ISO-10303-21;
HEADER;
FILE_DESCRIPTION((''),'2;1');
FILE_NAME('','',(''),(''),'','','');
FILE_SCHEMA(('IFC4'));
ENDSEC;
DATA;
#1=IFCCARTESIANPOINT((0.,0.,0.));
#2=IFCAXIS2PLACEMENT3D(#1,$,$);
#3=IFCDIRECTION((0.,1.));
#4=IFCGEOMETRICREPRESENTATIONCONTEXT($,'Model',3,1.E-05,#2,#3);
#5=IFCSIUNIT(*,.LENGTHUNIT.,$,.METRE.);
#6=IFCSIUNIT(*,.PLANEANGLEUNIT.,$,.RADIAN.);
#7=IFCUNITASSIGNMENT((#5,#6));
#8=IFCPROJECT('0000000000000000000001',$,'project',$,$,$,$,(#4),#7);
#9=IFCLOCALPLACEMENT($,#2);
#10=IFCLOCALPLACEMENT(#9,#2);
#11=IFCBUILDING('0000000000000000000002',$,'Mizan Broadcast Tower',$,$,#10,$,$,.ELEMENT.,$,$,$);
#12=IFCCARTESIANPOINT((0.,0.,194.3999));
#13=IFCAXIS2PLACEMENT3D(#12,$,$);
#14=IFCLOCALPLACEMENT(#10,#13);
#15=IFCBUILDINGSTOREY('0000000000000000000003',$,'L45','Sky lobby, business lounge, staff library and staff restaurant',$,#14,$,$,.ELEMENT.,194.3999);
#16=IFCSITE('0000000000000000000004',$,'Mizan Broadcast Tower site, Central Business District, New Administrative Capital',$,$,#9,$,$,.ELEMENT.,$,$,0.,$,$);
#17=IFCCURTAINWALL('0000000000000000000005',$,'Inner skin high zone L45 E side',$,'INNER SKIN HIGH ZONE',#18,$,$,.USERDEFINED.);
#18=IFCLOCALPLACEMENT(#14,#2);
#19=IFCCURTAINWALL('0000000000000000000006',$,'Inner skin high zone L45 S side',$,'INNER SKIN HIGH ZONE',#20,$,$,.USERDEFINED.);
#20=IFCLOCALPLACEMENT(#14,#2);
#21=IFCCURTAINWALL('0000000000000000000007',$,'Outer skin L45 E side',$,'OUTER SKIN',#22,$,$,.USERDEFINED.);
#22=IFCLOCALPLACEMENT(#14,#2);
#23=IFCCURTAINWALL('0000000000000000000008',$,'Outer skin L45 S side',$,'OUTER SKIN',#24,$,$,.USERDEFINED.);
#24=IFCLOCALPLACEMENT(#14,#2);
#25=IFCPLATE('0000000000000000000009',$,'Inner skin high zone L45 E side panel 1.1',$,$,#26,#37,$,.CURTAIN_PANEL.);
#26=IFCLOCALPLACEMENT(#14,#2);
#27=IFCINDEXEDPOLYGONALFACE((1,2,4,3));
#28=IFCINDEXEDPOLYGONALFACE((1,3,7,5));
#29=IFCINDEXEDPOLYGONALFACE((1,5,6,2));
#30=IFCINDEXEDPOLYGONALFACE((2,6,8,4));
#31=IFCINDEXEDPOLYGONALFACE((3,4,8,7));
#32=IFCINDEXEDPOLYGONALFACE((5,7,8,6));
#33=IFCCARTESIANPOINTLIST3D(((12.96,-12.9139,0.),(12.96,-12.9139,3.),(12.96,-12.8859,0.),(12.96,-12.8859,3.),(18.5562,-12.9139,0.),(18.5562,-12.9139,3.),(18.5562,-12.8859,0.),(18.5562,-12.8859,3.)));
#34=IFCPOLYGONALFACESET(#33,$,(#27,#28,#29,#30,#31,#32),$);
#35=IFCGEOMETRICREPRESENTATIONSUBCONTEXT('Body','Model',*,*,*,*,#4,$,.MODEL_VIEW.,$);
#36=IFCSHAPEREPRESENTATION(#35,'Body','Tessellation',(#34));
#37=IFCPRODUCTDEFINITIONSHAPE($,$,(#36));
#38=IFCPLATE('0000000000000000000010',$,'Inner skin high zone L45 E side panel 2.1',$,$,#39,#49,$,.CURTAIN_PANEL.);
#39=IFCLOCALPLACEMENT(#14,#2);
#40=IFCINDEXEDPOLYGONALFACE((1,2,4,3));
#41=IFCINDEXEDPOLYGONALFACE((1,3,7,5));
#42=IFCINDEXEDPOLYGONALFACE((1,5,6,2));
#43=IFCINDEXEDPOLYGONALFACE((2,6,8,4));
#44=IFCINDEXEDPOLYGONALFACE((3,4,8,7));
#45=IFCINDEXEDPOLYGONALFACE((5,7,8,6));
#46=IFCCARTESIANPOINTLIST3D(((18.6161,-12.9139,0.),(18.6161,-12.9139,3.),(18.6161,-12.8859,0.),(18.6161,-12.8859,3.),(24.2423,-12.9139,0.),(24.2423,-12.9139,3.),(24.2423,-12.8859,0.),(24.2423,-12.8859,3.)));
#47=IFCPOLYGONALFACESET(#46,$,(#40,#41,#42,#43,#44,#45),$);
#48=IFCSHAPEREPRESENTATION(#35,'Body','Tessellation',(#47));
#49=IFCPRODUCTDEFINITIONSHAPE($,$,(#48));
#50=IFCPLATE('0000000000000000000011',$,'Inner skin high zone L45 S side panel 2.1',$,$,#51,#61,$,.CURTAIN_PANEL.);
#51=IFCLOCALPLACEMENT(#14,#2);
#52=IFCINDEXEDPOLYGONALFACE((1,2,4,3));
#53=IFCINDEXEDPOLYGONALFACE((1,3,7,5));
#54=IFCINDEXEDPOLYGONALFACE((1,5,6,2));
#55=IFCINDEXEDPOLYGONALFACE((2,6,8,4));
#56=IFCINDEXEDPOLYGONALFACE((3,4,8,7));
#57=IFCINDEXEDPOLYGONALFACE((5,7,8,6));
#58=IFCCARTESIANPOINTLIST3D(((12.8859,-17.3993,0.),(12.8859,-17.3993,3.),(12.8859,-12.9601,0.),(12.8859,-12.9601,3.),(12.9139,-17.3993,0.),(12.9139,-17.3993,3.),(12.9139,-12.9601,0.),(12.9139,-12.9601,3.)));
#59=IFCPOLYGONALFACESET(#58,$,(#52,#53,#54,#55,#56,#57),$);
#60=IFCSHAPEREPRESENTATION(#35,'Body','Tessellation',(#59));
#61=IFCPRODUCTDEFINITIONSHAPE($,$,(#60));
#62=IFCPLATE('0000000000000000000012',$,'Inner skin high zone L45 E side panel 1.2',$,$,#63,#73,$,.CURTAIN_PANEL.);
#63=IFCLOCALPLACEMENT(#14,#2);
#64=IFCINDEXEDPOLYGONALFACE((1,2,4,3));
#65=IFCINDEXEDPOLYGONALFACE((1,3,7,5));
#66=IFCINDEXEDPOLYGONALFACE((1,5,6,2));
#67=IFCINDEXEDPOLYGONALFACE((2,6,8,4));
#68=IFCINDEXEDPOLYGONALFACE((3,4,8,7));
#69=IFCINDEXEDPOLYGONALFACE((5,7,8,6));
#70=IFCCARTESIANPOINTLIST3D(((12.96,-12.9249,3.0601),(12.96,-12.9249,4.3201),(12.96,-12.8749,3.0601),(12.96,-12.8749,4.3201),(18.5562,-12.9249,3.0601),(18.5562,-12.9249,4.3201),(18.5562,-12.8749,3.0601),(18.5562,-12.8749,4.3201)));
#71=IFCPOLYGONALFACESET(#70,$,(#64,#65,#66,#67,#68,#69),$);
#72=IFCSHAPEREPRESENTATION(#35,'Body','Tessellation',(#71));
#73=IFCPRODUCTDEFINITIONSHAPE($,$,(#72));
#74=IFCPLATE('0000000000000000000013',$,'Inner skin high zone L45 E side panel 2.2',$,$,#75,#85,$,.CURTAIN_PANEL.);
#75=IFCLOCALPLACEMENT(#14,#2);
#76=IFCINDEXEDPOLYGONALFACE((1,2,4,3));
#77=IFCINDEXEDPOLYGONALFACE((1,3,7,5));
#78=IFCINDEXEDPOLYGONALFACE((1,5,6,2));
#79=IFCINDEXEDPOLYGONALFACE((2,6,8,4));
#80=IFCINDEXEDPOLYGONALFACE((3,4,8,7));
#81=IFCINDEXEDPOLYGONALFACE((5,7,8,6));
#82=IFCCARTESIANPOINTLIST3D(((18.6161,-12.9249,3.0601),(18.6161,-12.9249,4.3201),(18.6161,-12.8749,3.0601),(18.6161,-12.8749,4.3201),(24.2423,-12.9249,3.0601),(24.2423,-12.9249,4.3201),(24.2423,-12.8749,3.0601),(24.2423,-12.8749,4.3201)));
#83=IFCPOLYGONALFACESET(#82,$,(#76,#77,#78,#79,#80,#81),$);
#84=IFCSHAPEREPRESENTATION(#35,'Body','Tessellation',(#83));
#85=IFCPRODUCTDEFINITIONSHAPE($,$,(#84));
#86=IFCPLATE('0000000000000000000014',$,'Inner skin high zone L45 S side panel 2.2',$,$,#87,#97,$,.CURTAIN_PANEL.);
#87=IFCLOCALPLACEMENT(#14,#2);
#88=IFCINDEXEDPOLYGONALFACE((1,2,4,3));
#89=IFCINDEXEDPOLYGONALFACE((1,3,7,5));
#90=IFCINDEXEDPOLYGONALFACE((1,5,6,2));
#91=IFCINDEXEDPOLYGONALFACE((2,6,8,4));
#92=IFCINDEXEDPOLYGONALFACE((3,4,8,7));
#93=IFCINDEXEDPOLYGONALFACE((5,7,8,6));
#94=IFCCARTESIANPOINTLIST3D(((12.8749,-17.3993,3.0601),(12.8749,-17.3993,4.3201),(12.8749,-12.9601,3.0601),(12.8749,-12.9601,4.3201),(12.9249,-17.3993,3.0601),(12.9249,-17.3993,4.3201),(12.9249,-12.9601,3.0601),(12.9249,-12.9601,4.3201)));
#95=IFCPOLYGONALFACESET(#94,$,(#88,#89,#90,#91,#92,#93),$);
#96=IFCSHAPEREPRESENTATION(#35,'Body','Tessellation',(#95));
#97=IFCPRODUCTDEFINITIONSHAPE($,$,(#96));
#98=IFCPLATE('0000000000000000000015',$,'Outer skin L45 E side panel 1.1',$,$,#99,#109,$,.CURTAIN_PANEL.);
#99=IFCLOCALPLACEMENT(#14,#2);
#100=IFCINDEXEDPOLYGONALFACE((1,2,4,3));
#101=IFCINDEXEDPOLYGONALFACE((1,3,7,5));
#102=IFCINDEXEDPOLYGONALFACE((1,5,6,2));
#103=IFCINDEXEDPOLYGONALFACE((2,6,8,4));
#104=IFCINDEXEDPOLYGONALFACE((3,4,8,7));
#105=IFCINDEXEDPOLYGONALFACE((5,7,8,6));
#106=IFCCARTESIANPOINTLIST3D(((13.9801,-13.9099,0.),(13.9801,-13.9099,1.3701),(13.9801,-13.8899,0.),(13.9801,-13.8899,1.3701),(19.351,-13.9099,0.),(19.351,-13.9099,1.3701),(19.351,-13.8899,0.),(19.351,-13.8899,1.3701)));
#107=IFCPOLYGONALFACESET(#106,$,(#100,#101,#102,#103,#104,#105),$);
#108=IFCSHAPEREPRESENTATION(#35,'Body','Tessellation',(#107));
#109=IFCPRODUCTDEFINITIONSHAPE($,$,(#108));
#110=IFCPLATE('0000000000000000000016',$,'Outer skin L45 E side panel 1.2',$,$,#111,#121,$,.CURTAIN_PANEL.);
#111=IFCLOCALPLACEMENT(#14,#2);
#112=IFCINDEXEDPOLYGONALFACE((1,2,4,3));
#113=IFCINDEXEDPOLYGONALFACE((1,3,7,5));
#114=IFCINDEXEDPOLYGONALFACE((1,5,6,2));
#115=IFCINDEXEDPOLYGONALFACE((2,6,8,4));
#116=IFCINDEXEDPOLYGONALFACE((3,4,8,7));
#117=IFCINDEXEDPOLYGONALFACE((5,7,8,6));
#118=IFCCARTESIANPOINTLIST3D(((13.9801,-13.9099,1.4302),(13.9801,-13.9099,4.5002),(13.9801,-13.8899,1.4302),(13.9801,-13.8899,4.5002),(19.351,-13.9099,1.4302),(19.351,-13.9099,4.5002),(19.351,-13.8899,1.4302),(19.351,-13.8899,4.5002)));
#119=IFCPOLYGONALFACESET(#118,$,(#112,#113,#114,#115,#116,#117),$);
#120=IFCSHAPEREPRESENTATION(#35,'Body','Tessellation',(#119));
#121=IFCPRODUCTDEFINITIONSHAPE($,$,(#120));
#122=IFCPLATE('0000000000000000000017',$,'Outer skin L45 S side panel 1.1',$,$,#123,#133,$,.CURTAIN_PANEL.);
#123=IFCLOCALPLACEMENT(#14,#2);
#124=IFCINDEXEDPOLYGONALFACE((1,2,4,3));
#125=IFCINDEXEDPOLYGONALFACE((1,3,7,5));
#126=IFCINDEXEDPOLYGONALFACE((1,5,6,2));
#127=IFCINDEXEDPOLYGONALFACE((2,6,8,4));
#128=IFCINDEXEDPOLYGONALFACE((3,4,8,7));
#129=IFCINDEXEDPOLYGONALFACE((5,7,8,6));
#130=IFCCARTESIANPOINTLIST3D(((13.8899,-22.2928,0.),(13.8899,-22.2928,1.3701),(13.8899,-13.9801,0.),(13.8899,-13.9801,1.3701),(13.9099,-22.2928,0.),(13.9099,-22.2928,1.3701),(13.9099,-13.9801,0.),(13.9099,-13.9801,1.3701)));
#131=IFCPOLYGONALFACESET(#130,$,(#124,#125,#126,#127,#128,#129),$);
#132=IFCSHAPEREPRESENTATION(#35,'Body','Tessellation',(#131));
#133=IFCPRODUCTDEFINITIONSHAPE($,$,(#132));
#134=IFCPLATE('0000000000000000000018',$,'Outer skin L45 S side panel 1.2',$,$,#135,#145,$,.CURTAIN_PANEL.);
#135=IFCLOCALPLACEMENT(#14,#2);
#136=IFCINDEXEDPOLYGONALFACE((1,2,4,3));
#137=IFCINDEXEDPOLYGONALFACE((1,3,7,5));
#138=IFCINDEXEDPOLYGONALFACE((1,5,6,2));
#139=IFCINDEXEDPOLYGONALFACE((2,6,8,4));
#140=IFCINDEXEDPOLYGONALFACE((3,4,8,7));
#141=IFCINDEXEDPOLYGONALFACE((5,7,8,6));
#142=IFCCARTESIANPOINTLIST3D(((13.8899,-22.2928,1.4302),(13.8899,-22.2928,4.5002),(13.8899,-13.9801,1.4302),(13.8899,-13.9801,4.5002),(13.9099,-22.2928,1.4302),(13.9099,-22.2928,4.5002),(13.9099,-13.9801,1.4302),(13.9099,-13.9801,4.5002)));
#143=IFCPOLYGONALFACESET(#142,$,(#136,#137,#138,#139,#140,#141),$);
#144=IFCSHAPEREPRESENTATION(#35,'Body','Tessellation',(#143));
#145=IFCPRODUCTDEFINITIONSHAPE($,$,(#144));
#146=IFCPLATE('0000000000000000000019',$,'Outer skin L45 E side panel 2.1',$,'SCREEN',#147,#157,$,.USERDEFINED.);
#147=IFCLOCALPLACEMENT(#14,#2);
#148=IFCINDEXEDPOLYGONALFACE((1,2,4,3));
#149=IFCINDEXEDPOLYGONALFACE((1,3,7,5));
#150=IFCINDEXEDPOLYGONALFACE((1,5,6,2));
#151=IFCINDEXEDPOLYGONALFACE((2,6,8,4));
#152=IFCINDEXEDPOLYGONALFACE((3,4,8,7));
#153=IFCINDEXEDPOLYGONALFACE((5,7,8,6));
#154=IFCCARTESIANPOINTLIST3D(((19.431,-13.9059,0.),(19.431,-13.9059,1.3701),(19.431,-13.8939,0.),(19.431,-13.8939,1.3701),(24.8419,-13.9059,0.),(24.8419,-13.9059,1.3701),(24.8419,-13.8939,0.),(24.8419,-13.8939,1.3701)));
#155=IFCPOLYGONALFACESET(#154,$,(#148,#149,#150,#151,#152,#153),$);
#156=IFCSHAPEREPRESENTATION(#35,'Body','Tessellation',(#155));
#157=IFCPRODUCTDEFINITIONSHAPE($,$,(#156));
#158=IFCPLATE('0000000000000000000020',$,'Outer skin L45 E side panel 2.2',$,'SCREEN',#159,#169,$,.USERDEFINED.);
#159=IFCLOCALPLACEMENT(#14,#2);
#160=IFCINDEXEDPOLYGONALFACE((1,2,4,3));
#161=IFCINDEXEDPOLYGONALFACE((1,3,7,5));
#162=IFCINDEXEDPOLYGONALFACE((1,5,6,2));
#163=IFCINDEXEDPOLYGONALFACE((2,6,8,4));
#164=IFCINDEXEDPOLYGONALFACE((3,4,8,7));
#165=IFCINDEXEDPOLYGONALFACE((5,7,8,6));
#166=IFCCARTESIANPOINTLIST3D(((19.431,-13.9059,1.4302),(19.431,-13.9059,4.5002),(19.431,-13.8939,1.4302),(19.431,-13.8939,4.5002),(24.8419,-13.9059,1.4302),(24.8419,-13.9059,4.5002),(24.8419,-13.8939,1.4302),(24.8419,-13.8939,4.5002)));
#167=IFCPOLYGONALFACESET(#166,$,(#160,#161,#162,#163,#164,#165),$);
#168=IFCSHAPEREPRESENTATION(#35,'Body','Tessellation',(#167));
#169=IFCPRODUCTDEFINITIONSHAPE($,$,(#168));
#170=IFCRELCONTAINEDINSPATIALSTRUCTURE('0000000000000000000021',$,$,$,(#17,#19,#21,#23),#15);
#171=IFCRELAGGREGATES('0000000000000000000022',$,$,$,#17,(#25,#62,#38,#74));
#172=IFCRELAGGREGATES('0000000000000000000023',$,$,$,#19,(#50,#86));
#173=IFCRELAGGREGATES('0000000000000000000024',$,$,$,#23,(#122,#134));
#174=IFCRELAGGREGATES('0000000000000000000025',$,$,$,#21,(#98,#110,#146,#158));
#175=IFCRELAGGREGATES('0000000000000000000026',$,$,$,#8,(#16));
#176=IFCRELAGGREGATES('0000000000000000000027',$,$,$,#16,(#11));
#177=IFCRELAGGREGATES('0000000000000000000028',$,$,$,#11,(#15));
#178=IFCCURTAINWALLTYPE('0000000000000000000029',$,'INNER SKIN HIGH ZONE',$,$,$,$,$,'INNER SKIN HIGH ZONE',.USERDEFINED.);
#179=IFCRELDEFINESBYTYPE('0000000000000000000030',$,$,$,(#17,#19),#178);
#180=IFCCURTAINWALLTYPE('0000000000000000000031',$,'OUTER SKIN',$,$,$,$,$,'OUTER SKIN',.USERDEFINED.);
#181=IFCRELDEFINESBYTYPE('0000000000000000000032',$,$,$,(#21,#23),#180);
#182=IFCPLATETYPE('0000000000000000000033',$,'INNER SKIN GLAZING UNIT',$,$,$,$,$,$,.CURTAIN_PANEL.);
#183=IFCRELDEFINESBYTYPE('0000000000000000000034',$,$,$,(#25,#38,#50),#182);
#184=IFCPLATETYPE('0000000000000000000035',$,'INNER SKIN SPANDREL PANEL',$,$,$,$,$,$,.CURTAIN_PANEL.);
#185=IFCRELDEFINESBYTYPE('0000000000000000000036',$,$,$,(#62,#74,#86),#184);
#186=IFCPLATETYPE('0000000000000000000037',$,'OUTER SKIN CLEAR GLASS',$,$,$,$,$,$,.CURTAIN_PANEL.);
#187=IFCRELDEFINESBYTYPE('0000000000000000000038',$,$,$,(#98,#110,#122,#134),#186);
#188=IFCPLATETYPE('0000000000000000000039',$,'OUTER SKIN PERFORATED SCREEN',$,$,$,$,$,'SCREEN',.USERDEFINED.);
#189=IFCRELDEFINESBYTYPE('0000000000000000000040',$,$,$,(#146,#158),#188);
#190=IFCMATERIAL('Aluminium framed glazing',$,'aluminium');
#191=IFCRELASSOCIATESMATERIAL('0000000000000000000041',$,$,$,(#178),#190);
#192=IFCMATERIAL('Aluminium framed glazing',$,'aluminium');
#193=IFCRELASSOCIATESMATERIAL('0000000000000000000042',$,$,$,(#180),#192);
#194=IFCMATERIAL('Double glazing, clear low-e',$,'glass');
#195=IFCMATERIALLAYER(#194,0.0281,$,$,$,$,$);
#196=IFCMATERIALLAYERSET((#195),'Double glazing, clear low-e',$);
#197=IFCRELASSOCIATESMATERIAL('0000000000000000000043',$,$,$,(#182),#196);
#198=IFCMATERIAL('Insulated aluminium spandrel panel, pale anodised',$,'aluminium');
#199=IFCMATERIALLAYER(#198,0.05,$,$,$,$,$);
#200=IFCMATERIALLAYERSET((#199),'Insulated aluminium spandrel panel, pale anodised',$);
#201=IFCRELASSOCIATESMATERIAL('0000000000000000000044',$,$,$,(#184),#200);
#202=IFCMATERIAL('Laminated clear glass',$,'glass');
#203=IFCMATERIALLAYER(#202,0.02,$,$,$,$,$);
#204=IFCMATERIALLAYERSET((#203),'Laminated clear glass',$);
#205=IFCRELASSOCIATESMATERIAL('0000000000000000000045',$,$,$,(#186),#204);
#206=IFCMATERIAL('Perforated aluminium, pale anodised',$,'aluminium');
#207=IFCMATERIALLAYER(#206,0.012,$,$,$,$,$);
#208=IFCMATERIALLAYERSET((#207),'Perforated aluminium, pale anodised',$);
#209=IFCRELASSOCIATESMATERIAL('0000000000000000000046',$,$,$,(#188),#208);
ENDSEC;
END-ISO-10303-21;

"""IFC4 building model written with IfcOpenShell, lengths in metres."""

from ifc_helpers import new_model, si_unit, direction, frame, origin, origin_2d, place, context, subcontext, project, spatial, rectangle, extrude, material, layer, layer_set, type_object, element, aggregate, save


model = new_model("IFC4")

# Units and contexts
model_context = context("Model", 3, precision=1e-05, world=origin(), true_north=direction((0.0, 1.0)))
body_context = subcontext(model_context, "Body", "Model", "MODEL_VIEW")
ifc_project = project(units=[si_unit("LENGTHUNIT", "METRE"), si_unit("PLANEANGLEUNIT", "RADIAN")], contexts=[model_context])

# Site, building, storey
site_placement = place(None, origin())
site = spatial("IfcSite", under=ifc_project, at=site_placement, Name="Mizan Broadcast Tower site, Central Business District, New Administrative Capital", CompositionType="ELEMENT", RefElevation=0.0)
building_placement = place(site_placement, origin())
building = spatial("IfcBuilding", under=site, at=building_placement, Name="Mizan Broadcast Tower", CompositionType="ELEMENT")
storey_placement = place(building_placement, frame((0.0, 0.0, 194.3999)))
storey = spatial("IfcBuildingStorey", under=building, at=storey_placement, Name="L45", Description="Sky lobby, business lounge, staff library and staff restaurant", CompositionType="ELEMENT", Elevation=194.3999)

# Curtain wall
ifc_material_1 = material(Name="Aluminium framed glazing", Category="aluminium")
curtain_wall_type_1 = type_object("IfcCurtainWallType", Name="INNER SKIN HIGH ZONE", ElementType="INNER SKIN HIGH ZONE", PredefinedType="USERDEFINED", material=ifc_material_1)
curtain_wall_1_placement = place(storey_placement, origin())
curtain_wall_1 = element("IfcCurtainWall", 1, at=curtain_wall_1_placement, inside=storey, type_object=curtain_wall_type_1, Name="Inner skin high zone L45 E side", ObjectType="INNER SKIN HIGH ZONE", PredefinedType="USERDEFINED")

# Curtain wall
curtain_wall_2_placement = place(storey_placement, origin())
curtain_wall_2 = element("IfcCurtainWall", 2, at=curtain_wall_2_placement, inside=storey, type_object=curtain_wall_type_1, Name="Inner skin high zone L45 S side", ObjectType="INNER SKIN HIGH ZONE", PredefinedType="USERDEFINED")

# Curtain walls
ifc_material_2 = material(Name="Aluminium framed glazing", Category="aluminium")
curtain_wall_type_2 = type_object("IfcCurtainWallType", Name="OUTER SKIN", ElementType="OUTER SKIN", PredefinedType="USERDEFINED", material=ifc_material_2)
curtain_wall_3_placement = place(storey_placement, origin())
curtain_wall_3 = element("IfcCurtainWall", 3, at=curtain_wall_3_placement, inside=storey, type_object=curtain_wall_type_2, Name="Outer skin L45 E side", ObjectType="OUTER SKIN", PredefinedType="USERDEFINED")
curtain_wall_4_placement = place(storey_placement, origin())
curtain_wall_4 = element("IfcCurtainWall", 4, at=curtain_wall_4_placement, inside=storey, type_object=curtain_wall_type_2, Name="Outer skin L45 S side", ObjectType="OUTER SKIN", PredefinedType="USERDEFINED")

# Plates
ifc_material_3 = material(Name="Double glazing, clear low-e", Category="glass")
ifc_layer_1 = layer(ifc_material_3, 0.0281)
ifc_layer_set_1 = layer_set([ifc_layer_1], Name="Double glazing, clear low-e")
plate_type_1 = type_object("IfcPlateType", Name="INNER SKIN GLAZING UNIT", PredefinedType="CURTAIN_PANEL", material=ifc_layer_set_1)
plate_1_placement = place(storey_placement, frame((15.7581, -12.8999, 0.0), z_axis=(0.0, 0.0, 1.0), x_axis=(1.0, 0.0, 0.0)))
plate_1 = element("IfcPlate", 5, at=plate_1_placement, type_object=plate_type_1, Name="Inner skin high zone L45 E side panel 1.1", PredefinedType="CURTAIN_PANEL", context=body_context, shape_type="SweptSolid", body=[
    extrude(rectangle(XDim=5.5962, YDim=0.0281, at=origin_2d()), origin(), (0.0, 0.0, 1.0), 3.0),
])
plate_2_placement = place(storey_placement, frame((21.4292, -12.8999, 0.0), z_axis=(0.0, 0.0, 1.0), x_axis=(1.0, 0.0, 0.0)))
plate_2 = element("IfcPlate", 6, at=plate_2_placement, type_object=plate_type_1, Name="Inner skin high zone L45 E side panel 2.1", PredefinedType="CURTAIN_PANEL", context=body_context, shape_type="SweptSolid", body=[
    extrude(rectangle(XDim=5.6262, YDim=0.0281, at=origin_2d()), origin(), (0.0, 0.0, 1.0), 3.0),
])
plate_3_placement = place(storey_placement, frame((12.8999, -15.1797, 0.0), z_axis=(0.0, 0.0, 1.0), x_axis=(0.0, 1.0, 0.0)))
plate_3 = element("IfcPlate", 7, at=plate_3_placement, type_object=plate_type_1, Name="Inner skin high zone L45 S side panel 2.1", PredefinedType="CURTAIN_PANEL", context=body_context, shape_type="SweptSolid", body=[
    extrude(rectangle(XDim=4.4392, YDim=0.0281, at=origin_2d()), origin(), (0.0, 0.0, 1.0), 3.0),
])
ifc_material_4 = material(Name="Insulated aluminium spandrel panel, pale anodised", Category="aluminium")
ifc_layer_2 = layer(ifc_material_4, 0.05)
ifc_layer_set_2 = layer_set([ifc_layer_2], Name="Insulated aluminium spandrel panel, pale anodised")
plate_type_2 = type_object("IfcPlateType", Name="INNER SKIN SPANDREL PANEL", PredefinedType="CURTAIN_PANEL", material=ifc_layer_set_2)
plate_4_placement = place(storey_placement, frame((15.7581, -12.8999, 3.0601), z_axis=(0.0, 0.0, 1.0), x_axis=(1.0, 0.0, 0.0)))
plate_4 = element("IfcPlate", 8, at=plate_4_placement, type_object=plate_type_2, Name="Inner skin high zone L45 E side panel 1.2", PredefinedType="CURTAIN_PANEL", context=body_context, shape_type="SweptSolid", body=[
    extrude(rectangle(XDim=5.5962, YDim=0.05, at=origin_2d()), origin(), (0.0, 0.0, 1.0), 1.26),
])
plate_5_placement = place(storey_placement, frame((21.4292, -12.8999, 3.0601), z_axis=(0.0, 0.0, 1.0), x_axis=(1.0, 0.0, 0.0)))
plate_5 = element("IfcPlate", 9, at=plate_5_placement, type_object=plate_type_2, Name="Inner skin high zone L45 E side panel 2.2", PredefinedType="CURTAIN_PANEL", context=body_context, shape_type="SweptSolid", body=[
    extrude(rectangle(XDim=5.6262, YDim=0.05, at=origin_2d()), origin(), (0.0, 0.0, 1.0), 1.26),
])
aggregate(curtain_wall_1, [plate_1, plate_4, plate_2, plate_5])
plate_6_placement = place(storey_placement, frame((12.8999, -15.1797, 3.0601), z_axis=(0.0, 0.0, 1.0), x_axis=(0.0, 1.0, 0.0)))
plate_6 = element("IfcPlate", 10, at=plate_6_placement, type_object=plate_type_2, Name="Inner skin high zone L45 S side panel 2.2", PredefinedType="CURTAIN_PANEL", context=body_context, shape_type="SweptSolid", body=[
    extrude(rectangle(XDim=4.4392, YDim=0.05, at=origin_2d()), origin(), (0.0, 0.0, 1.0), 1.26),
])
aggregate(curtain_wall_2, [plate_3, plate_6])
ifc_material_5 = material(Name="Laminated clear glass", Category="glass")
ifc_layer_3 = layer(ifc_material_5, 0.02)
ifc_layer_set_3 = layer_set([ifc_layer_3], Name="Laminated clear glass")
plate_type_3 = type_object("IfcPlateType", Name="OUTER SKIN CLEAR GLASS", PredefinedType="CURTAIN_PANEL", material=ifc_layer_set_3)
plate_7_placement = place(storey_placement, frame((16.6655, -13.8999, 0.0), z_axis=(0.0, 0.0, 1.0), x_axis=(1.0, 0.0, 0.0)))
plate_7 = element("IfcPlate", 11, at=plate_7_placement, type_object=plate_type_3, Name="Outer skin L45 E side panel 1.1", PredefinedType="CURTAIN_PANEL", context=body_context, shape_type="SweptSolid", body=[
    extrude(rectangle(XDim=5.3708, YDim=0.02, at=origin_2d()), origin(), (0.0, 0.0, 1.0), 1.3701),
])
plate_8_placement = place(storey_placement, frame((16.6655, -13.8999, 1.4302), z_axis=(0.0, 0.0, 1.0), x_axis=(1.0, 0.0, 0.0)))
plate_8 = element("IfcPlate", 12, at=plate_8_placement, type_object=plate_type_3, Name="Outer skin L45 E side panel 1.2", PredefinedType="CURTAIN_PANEL", context=body_context, shape_type="SweptSolid", body=[
    extrude(rectangle(XDim=5.3708, YDim=0.02, at=origin_2d()), origin(), (0.0, 0.0, 1.0), 3.0701),
])
plate_9_placement = place(storey_placement, frame((13.8999, -18.1365, 0.0), z_axis=(0.0, 0.0, 1.0), x_axis=(0.0, 1.0, 0.0)))
plate_9 = element("IfcPlate", 13, at=plate_9_placement, type_object=plate_type_3, Name="Outer skin L45 S side panel 1.1", PredefinedType="CURTAIN_PANEL", context=body_context, shape_type="SweptSolid", body=[
    extrude(rectangle(XDim=8.3127, YDim=0.02, at=origin_2d()), origin(), (0.0, 0.0, 1.0), 1.3701),
])
plate_10_placement = place(storey_placement, frame((13.8999, -18.1365, 1.4302), z_axis=(0.0, 0.0, 1.0), x_axis=(0.0, 1.0, 0.0)))
plate_10 = element("IfcPlate", 14, at=plate_10_placement, type_object=plate_type_3, Name="Outer skin L45 S side panel 1.2", PredefinedType="CURTAIN_PANEL", context=body_context, shape_type="SweptSolid", body=[
    extrude(rectangle(XDim=8.3127, YDim=0.02, at=origin_2d()), origin(), (0.0, 0.0, 1.0), 3.0701),
])
aggregate(curtain_wall_4, [plate_9, plate_10])
ifc_material_6 = material(Name="Perforated aluminium, pale anodised", Category="aluminium")
ifc_layer_4 = layer(ifc_material_6, 0.012)
ifc_layer_set_4 = layer_set([ifc_layer_4], Name="Perforated aluminium, pale anodised")
plate_type_4 = type_object("IfcPlateType", Name="OUTER SKIN PERFORATED SCREEN", ElementType="SCREEN", PredefinedType="USERDEFINED", material=ifc_layer_set_4)
plate_11_placement = place(storey_placement, frame((22.1365, -13.8999, 0.0), z_axis=(0.0, 0.0, 1.0), x_axis=(1.0, 0.0, 0.0)))
plate_11 = element("IfcPlate", 15, at=plate_11_placement, type_object=plate_type_4, Name="Outer skin L45 E side panel 2.1", ObjectType="SCREEN", PredefinedType="USERDEFINED", context=body_context, shape_type="SweptSolid", body=[
    extrude(rectangle(XDim=5.4109, YDim=0.012, at=origin_2d()), origin(), (0.0, 0.0, 1.0), 1.3701),
])
plate_12_placement = place(storey_placement, frame((22.1365, -13.8999, 1.4302), z_axis=(0.0, 0.0, 1.0), x_axis=(1.0, 0.0, 0.0)))
plate_12 = element("IfcPlate", 16, at=plate_12_placement, type_object=plate_type_4, Name="Outer skin L45 E side panel 2.2", ObjectType="SCREEN", PredefinedType="USERDEFINED", context=body_context, shape_type="SweptSolid", body=[
    extrude(rectangle(XDim=5.4109, YDim=0.012, at=origin_2d()), origin(), (0.0, 0.0, 1.0), 3.0701),
])
aggregate(curtain_wall_3, [plate_7, plate_8, plate_11, plate_12])

save(model, "model.ifc")
